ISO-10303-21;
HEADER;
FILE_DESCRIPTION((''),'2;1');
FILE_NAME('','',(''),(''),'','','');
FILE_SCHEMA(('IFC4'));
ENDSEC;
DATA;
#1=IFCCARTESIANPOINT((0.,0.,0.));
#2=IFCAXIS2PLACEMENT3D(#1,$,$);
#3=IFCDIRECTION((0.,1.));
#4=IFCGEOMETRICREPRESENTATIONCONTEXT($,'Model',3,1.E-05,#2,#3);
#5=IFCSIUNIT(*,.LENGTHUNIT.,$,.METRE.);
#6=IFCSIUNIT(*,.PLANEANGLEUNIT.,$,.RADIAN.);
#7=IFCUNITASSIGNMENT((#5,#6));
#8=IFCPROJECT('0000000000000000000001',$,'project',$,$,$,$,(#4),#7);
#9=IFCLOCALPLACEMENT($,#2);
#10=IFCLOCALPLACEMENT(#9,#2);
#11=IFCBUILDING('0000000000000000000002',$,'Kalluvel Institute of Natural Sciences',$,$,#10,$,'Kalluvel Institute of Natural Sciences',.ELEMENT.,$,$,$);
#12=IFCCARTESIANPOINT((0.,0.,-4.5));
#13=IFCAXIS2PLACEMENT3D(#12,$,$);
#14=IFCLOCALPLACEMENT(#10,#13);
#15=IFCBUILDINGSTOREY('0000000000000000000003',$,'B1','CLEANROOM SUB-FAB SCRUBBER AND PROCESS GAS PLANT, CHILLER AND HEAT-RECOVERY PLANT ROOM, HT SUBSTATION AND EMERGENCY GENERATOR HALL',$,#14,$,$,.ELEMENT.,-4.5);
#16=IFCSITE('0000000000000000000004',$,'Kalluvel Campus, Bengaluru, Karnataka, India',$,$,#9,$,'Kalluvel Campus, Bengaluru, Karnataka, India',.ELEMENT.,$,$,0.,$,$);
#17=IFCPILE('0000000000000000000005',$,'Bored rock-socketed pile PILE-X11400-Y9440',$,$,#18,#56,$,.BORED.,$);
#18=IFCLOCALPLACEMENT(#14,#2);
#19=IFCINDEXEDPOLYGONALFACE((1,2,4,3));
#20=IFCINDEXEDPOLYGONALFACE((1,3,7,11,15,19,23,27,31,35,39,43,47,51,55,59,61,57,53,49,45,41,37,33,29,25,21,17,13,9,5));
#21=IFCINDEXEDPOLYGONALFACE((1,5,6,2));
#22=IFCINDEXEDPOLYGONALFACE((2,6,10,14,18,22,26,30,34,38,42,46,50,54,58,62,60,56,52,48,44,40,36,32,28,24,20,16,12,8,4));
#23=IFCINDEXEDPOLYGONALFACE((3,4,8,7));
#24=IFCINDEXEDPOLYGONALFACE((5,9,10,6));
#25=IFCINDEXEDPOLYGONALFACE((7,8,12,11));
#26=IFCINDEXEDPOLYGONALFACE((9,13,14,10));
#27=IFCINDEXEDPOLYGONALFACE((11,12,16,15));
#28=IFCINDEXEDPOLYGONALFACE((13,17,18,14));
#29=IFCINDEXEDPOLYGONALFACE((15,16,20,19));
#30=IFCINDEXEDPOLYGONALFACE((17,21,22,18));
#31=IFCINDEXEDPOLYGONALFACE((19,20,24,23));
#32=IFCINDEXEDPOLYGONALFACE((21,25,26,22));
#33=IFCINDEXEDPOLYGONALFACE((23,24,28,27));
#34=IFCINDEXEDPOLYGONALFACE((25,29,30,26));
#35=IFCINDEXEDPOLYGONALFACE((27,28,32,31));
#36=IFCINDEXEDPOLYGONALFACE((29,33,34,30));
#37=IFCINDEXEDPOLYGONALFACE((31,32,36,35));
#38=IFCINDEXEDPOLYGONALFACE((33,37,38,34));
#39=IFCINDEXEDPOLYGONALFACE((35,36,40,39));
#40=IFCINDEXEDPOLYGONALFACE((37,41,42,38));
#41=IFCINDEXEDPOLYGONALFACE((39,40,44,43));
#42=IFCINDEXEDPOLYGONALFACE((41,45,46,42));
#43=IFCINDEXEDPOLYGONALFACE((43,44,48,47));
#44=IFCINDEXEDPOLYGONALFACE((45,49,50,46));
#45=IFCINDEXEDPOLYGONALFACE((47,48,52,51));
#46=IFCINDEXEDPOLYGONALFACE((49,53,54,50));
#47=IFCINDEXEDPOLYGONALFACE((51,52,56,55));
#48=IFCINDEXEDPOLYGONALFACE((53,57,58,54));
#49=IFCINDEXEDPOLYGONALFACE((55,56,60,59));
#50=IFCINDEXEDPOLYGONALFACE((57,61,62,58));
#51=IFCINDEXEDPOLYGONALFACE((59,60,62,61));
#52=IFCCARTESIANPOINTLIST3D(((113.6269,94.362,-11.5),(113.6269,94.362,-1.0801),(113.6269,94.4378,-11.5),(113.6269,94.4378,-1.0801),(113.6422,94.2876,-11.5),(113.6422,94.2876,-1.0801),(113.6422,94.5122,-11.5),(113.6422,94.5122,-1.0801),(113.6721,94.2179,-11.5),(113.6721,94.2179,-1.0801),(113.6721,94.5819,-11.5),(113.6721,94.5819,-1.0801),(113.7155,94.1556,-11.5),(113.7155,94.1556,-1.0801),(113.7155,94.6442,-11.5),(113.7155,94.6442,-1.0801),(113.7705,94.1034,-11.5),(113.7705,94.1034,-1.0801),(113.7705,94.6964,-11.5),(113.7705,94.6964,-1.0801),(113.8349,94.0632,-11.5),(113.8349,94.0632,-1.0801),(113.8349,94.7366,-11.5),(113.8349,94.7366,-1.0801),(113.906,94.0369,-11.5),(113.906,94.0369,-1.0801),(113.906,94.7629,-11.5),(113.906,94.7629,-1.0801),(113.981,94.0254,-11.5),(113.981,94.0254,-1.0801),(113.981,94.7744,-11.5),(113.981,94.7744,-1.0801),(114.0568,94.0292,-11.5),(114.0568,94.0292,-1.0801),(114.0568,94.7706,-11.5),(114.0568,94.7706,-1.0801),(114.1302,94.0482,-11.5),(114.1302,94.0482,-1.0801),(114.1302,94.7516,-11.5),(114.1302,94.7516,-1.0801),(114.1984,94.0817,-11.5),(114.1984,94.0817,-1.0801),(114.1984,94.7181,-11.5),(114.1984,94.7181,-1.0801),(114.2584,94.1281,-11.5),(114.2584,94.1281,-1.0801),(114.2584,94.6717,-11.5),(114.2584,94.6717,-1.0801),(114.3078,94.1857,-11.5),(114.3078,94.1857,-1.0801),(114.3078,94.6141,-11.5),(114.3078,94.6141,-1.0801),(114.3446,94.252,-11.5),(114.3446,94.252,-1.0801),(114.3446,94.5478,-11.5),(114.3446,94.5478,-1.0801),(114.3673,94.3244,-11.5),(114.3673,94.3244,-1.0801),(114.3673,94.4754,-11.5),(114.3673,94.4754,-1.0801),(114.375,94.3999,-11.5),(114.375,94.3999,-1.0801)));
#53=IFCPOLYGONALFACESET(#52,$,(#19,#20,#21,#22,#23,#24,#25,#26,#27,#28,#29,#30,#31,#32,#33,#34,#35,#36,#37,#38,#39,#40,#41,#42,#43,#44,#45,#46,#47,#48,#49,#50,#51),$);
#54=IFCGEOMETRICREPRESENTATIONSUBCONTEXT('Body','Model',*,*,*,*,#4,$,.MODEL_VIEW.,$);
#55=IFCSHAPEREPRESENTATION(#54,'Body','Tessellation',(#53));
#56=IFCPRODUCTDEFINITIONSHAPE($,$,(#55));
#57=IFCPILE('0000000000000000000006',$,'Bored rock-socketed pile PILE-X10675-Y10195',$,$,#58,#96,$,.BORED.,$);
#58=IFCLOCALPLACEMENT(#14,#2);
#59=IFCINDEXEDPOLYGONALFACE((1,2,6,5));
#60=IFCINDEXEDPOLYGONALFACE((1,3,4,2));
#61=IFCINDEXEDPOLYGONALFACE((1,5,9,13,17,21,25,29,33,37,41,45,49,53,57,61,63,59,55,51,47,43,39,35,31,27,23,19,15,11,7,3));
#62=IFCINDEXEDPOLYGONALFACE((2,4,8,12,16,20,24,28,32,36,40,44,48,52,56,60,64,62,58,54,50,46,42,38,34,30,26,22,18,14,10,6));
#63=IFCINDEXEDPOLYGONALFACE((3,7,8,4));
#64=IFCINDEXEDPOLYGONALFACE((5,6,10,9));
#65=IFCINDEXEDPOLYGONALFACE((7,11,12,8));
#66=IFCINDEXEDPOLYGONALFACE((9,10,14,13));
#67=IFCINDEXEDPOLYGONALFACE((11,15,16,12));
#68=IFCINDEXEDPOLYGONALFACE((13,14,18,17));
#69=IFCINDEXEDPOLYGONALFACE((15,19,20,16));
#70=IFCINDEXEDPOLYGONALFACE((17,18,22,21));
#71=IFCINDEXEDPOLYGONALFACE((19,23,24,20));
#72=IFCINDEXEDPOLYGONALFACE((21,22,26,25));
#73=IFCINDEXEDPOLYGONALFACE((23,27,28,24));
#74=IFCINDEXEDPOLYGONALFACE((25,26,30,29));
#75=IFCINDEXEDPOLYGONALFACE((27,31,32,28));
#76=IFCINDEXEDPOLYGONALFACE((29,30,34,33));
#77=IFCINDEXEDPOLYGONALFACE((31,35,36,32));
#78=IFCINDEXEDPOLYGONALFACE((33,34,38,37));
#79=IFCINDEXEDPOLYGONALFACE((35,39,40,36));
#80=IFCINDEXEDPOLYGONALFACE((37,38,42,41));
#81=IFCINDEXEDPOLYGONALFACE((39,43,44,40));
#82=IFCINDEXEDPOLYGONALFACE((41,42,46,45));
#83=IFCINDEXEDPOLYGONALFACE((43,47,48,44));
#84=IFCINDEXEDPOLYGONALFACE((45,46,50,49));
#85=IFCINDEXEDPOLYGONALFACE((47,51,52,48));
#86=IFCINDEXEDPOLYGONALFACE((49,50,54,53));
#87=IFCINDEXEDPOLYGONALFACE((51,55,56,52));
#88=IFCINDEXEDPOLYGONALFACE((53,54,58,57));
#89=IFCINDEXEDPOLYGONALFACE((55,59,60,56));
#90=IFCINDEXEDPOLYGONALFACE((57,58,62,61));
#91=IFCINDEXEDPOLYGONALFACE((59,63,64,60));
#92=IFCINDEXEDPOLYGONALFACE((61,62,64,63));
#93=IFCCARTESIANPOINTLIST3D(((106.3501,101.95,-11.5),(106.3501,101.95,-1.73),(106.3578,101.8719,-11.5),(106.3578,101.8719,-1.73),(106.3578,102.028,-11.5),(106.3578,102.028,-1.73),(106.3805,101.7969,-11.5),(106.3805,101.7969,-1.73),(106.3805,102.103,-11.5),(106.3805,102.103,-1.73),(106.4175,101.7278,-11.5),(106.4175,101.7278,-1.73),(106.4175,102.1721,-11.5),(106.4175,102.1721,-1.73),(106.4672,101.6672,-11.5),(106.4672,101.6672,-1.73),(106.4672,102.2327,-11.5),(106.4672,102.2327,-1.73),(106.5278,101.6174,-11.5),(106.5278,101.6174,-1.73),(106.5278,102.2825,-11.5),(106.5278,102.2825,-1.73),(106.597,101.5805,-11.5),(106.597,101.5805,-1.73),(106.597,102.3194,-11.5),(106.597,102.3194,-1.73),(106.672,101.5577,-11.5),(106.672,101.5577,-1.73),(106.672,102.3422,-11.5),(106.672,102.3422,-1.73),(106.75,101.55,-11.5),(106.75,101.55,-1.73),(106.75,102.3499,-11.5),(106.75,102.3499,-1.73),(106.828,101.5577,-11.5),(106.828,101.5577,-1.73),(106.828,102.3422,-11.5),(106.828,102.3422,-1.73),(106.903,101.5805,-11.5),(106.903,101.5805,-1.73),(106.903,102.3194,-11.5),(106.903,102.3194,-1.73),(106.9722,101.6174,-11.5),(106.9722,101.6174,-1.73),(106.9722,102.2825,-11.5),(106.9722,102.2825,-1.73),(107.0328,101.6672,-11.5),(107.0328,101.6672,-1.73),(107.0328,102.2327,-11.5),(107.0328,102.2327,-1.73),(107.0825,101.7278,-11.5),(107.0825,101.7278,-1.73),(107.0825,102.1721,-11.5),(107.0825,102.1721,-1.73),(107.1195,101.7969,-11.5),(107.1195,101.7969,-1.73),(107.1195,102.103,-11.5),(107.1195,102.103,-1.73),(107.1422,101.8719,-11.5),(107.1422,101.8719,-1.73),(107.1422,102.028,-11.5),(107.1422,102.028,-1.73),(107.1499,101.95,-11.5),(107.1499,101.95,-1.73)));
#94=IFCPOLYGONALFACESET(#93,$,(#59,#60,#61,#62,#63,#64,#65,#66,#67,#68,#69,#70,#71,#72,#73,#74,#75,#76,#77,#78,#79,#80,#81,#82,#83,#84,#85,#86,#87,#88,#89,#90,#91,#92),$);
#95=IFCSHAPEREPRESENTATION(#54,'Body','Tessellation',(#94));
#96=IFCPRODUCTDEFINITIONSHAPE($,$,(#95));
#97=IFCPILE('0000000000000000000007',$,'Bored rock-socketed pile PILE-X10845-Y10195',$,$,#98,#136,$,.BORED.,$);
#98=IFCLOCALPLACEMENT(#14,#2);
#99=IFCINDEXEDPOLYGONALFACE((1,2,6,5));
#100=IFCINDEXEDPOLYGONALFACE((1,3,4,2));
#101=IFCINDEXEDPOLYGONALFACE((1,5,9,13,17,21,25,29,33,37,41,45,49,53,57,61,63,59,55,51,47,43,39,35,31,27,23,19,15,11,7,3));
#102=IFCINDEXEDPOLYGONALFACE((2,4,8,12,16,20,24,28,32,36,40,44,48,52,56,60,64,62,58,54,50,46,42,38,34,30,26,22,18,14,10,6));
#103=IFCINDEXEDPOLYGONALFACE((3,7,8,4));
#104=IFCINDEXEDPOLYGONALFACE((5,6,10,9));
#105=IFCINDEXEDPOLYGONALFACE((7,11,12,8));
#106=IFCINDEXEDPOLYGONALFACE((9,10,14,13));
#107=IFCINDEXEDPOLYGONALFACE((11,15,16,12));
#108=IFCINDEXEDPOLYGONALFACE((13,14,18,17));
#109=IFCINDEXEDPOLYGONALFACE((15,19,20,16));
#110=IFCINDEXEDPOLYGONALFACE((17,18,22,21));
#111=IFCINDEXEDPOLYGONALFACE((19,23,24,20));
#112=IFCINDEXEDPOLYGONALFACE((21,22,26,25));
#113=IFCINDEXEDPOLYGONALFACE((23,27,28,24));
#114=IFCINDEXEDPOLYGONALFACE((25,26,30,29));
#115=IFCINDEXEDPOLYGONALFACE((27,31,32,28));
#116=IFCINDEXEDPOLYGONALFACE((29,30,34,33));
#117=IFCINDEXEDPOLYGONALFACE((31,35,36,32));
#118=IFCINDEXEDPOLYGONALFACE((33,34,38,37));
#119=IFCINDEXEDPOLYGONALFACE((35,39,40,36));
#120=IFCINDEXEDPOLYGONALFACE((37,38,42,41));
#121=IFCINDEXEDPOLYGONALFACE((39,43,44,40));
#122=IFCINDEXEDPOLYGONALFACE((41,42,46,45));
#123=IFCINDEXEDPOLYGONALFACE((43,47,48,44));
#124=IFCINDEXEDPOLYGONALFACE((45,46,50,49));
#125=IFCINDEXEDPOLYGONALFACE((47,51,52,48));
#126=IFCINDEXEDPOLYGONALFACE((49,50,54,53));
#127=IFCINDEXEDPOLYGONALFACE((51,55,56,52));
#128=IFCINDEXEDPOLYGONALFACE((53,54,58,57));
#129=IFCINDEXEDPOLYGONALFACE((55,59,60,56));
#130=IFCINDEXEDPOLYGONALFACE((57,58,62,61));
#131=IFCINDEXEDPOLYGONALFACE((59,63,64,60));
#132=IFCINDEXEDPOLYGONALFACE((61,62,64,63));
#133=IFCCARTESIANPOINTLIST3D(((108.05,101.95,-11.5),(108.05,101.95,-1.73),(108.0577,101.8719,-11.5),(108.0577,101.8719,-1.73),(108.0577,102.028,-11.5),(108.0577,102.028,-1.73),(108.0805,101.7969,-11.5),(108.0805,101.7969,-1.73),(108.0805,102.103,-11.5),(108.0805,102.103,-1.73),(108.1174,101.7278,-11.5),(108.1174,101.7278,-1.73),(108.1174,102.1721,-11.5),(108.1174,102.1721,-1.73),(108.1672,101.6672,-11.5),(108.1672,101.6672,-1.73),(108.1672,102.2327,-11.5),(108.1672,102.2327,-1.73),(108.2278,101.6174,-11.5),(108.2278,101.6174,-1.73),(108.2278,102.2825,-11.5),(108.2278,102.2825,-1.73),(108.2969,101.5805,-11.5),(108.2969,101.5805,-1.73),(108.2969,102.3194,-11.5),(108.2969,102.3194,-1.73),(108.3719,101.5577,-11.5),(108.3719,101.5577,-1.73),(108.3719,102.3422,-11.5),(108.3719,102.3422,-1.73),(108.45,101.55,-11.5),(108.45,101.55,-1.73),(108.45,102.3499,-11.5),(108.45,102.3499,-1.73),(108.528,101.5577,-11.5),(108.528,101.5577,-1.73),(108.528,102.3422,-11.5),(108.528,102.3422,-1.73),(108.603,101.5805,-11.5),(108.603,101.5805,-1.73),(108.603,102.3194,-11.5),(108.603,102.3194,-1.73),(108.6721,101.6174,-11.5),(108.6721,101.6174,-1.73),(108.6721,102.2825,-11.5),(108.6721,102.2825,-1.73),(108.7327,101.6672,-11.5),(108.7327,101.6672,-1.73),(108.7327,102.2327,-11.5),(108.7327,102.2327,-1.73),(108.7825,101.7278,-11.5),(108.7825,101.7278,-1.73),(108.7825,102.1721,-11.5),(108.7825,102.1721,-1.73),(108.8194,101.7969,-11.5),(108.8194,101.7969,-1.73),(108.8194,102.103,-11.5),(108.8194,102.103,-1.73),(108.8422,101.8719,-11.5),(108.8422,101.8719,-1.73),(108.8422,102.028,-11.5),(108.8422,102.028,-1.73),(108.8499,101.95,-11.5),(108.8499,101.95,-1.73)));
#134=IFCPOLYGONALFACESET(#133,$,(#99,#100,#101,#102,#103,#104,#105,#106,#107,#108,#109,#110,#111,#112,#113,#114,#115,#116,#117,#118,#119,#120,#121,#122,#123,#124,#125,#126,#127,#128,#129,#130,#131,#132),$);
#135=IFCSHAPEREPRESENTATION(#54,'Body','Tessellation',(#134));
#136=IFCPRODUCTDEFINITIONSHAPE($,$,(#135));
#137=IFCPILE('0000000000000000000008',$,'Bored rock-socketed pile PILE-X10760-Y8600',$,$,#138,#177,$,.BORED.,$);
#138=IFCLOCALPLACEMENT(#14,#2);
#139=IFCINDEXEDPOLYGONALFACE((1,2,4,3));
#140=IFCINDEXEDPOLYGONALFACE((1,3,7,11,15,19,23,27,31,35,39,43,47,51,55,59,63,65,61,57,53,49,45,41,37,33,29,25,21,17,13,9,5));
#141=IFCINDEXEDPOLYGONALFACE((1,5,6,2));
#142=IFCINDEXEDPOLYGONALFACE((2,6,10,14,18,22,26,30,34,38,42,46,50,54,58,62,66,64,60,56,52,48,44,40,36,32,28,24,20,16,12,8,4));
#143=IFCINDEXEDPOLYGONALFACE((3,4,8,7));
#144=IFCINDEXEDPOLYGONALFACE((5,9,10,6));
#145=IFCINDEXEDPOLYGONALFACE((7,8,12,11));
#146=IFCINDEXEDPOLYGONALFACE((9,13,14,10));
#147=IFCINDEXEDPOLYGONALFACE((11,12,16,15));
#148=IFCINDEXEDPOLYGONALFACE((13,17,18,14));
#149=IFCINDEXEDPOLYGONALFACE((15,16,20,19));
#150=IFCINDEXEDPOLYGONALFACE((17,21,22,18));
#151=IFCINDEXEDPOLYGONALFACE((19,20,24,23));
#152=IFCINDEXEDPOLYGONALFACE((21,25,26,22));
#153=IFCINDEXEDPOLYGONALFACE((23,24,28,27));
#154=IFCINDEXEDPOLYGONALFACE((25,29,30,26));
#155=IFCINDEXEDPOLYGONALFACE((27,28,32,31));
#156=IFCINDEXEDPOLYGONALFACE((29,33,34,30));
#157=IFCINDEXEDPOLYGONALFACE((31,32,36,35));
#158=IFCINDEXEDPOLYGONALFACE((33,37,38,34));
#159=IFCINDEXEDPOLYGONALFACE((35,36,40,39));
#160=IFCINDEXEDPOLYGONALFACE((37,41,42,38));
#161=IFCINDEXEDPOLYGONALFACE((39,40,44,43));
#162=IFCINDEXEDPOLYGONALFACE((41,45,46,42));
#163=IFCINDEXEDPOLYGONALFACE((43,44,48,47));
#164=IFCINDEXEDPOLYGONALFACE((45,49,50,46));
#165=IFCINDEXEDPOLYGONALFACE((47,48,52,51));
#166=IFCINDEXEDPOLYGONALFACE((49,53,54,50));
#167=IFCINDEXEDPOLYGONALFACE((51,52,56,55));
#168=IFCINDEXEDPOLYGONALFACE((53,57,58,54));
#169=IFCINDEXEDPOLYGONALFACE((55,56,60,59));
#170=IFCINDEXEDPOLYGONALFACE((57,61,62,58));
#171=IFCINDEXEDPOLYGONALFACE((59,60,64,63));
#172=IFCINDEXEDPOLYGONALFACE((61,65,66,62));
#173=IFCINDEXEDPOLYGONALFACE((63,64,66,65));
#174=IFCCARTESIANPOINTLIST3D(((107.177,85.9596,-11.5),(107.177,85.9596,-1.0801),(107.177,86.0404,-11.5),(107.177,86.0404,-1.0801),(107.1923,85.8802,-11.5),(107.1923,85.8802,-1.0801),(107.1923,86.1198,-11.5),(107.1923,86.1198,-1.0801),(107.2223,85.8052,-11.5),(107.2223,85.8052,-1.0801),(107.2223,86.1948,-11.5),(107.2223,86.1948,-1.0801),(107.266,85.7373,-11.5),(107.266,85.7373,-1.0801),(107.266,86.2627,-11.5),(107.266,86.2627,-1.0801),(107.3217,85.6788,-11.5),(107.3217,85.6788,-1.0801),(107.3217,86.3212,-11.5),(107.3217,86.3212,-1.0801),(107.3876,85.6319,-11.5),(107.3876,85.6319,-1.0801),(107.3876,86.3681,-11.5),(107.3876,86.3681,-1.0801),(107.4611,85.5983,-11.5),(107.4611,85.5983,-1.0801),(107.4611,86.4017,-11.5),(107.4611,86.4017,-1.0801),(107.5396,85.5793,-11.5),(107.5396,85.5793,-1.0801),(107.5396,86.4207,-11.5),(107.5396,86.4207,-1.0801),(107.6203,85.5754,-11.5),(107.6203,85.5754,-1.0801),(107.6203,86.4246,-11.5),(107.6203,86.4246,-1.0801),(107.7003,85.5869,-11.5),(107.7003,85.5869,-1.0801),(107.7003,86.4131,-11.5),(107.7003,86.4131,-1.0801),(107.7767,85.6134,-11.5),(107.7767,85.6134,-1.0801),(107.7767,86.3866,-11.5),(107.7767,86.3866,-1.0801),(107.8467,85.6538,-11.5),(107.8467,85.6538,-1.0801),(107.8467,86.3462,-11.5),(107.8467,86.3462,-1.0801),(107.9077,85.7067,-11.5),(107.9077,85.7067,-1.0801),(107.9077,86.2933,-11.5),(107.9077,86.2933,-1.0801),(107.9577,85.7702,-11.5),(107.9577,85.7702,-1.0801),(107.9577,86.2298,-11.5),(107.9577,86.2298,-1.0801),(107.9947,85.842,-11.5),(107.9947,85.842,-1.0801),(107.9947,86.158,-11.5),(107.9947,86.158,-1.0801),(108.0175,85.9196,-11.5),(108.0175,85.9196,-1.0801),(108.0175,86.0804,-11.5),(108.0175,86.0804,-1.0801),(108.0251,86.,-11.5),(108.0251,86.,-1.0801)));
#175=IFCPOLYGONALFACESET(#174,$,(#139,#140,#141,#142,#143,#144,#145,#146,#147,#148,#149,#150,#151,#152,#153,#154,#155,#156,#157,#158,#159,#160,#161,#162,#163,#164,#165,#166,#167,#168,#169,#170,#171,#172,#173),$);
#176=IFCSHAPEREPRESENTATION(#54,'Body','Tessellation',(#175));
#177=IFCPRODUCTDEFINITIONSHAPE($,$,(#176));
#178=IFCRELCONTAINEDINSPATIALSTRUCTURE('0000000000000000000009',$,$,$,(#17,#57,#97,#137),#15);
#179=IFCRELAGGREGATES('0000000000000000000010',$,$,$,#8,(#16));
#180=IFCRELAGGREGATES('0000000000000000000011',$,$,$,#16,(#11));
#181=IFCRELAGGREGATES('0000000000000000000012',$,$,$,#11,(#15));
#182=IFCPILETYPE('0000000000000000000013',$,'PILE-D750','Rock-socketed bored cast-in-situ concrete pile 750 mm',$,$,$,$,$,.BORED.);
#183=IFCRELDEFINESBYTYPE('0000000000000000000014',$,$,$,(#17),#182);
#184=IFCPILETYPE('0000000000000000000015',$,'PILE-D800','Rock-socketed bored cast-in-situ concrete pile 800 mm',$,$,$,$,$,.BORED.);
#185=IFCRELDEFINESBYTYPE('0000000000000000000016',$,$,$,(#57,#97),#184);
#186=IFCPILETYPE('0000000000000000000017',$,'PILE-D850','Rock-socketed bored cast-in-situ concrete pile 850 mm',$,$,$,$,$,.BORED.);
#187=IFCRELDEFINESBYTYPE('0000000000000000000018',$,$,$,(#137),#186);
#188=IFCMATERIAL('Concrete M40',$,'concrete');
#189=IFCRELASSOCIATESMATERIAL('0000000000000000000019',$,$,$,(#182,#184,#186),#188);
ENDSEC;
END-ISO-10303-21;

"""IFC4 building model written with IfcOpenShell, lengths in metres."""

from ifc_helpers import new_model, si_unit, direction, frame, origin, origin_2d, place, context, subcontext, project, spatial, circle, extrude, material, material_profile, profile_set, type_object, element, save


model = new_model("IFC4")

# Units and contexts
model_context = context("Model", 3, precision=1e-05, world=origin(), true_north=direction((0.0, 1.0)))
body_context = subcontext(model_context, "Body", "Model", "MODEL_VIEW")
ifc_project = project(units=[si_unit("LENGTHUNIT", "METRE"), si_unit("PLANEANGLEUNIT", "RADIAN")], contexts=[model_context])

# Site, building, storey
site_placement = place(None, origin())
site = spatial("IfcSite", under=ifc_project, at=site_placement, Name="Kalluvel Campus, Bengaluru, Karnataka, India", LongName="Kalluvel Campus, Bengaluru, Karnataka, India", CompositionType="ELEMENT", RefElevation=0.0)
building_placement = place(site_placement, origin())
building = spatial("IfcBuilding", under=site, at=building_placement, Name="Kalluvel Institute of Natural Sciences", LongName="Kalluvel Institute of Natural Sciences", CompositionType="ELEMENT")
storey_placement = place(building_placement, frame((0.0, 0.0, -4.5)))
storey = spatial("IfcBuildingStorey", under=building, at=storey_placement, Name="B1", Description="CLEANROOM SUB-FAB SCRUBBER AND PROCESS GAS PLANT, CHILLER AND HEAT-RECOVERY PLANT ROOM, HT SUBSTATION AND EMERGENCY GENERATOR HALL", CompositionType="ELEMENT", Elevation=-4.5)

# Shared definitions
ifc_material_1 = material(Name="Concrete M40", Category="concrete")

# Piles
ifc_material_profile_1 = material_profile(ifc_material_1, circle(Radius=0.375, at=origin_2d()), Name="PILE D750")
ifc_profile_set_1 = profile_set([ifc_material_profile_1], Name="Concrete M40")
pile_type_1 = type_object("IfcPileType", Name="PILE-D750", Description="Rock-socketed bored cast-in-situ concrete pile 750 mm", PredefinedType="BORED", material=ifc_profile_set_1)
pile_1_placement = place(storey_placement, frame((114.0, 94.3999, -1.0801), z_axis=(0.0, 0.0, -1.0), x_axis=(1.0, 0.0, 0.0)))
element("IfcPile", 1, at=pile_1_placement, inside=storey, type_object=pile_type_1, Name="Bored rock-socketed pile PILE-X11400-Y9440", PredefinedType="BORED", context=body_context, shape_type="SweptSolid", body=[
    extrude(circle(Radius=0.375, at=origin_2d()), origin(), (0.0, 0.0, 1.0), 10.4199),
])
ifc_material_profile_2 = material_profile(ifc_material_1, circle(Radius=0.3999, at=origin_2d()), Name="PILE D800")
ifc_profile_set_2 = profile_set([ifc_material_profile_2], Name="Concrete M40")
pile_type_2 = type_object("IfcPileType", Name="PILE-D800", Description="Rock-socketed bored cast-in-situ concrete pile 800 mm", PredefinedType="BORED", material=ifc_profile_set_2)
for number, where, z_axis, x_axis, name in (
    (2, (106.75, 101.95, -1.73), (0.0, 0.0, -1.0), (1.0, 0.0, 0.0), "Bored rock-socketed pile PILE-X10675-Y10195"),
    (3, (108.45, 101.95, -1.73), (0.0, 0.0, -1.0), (1.0, 0.0, 0.0), "Bored rock-socketed pile PILE-X10845-Y10195"),
):
    element("IfcPile", number, at=place(storey_placement, frame(where, z_axis=z_axis, x_axis=x_axis)), inside=storey, type_object=pile_type_2, Name=name, PredefinedType="BORED", context=body_context, shape_type="SweptSolid", body=[
        extrude(circle(Radius=0.3999, at=origin_2d()), origin(), (0.0, 0.0, 1.0), 9.77),
    ])
ifc_material_profile_3 = material_profile(ifc_material_1, circle(Radius=0.425, at=origin_2d()), Name="PILE D850")
ifc_profile_set_3 = profile_set([ifc_material_profile_3], Name="Concrete M40")
pile_type_3 = type_object("IfcPileType", Name="PILE-D850", Description="Rock-socketed bored cast-in-situ concrete pile 850 mm", PredefinedType="BORED", material=ifc_profile_set_3)
for number, where, z_axis, x_axis, name in (
    (4, (107.6001, 86.0, -1.0801), (0.0, 0.0, -1.0), (1.0, 0.0, 0.0), "Bored rock-socketed pile PILE-X10760-Y8600"),
):
    element("IfcPile", number, at=place(storey_placement, frame(where, z_axis=z_axis, x_axis=x_axis)), inside=storey, type_object=pile_type_3, Name=name, PredefinedType="BORED", context=body_context, shape_type="SweptSolid", body=[
        extrude(circle(Radius=0.425, at=origin_2d()), origin(), (0.0, 0.0, 1.0), 10.4199),
    ])

save(model, "model.ifc")
